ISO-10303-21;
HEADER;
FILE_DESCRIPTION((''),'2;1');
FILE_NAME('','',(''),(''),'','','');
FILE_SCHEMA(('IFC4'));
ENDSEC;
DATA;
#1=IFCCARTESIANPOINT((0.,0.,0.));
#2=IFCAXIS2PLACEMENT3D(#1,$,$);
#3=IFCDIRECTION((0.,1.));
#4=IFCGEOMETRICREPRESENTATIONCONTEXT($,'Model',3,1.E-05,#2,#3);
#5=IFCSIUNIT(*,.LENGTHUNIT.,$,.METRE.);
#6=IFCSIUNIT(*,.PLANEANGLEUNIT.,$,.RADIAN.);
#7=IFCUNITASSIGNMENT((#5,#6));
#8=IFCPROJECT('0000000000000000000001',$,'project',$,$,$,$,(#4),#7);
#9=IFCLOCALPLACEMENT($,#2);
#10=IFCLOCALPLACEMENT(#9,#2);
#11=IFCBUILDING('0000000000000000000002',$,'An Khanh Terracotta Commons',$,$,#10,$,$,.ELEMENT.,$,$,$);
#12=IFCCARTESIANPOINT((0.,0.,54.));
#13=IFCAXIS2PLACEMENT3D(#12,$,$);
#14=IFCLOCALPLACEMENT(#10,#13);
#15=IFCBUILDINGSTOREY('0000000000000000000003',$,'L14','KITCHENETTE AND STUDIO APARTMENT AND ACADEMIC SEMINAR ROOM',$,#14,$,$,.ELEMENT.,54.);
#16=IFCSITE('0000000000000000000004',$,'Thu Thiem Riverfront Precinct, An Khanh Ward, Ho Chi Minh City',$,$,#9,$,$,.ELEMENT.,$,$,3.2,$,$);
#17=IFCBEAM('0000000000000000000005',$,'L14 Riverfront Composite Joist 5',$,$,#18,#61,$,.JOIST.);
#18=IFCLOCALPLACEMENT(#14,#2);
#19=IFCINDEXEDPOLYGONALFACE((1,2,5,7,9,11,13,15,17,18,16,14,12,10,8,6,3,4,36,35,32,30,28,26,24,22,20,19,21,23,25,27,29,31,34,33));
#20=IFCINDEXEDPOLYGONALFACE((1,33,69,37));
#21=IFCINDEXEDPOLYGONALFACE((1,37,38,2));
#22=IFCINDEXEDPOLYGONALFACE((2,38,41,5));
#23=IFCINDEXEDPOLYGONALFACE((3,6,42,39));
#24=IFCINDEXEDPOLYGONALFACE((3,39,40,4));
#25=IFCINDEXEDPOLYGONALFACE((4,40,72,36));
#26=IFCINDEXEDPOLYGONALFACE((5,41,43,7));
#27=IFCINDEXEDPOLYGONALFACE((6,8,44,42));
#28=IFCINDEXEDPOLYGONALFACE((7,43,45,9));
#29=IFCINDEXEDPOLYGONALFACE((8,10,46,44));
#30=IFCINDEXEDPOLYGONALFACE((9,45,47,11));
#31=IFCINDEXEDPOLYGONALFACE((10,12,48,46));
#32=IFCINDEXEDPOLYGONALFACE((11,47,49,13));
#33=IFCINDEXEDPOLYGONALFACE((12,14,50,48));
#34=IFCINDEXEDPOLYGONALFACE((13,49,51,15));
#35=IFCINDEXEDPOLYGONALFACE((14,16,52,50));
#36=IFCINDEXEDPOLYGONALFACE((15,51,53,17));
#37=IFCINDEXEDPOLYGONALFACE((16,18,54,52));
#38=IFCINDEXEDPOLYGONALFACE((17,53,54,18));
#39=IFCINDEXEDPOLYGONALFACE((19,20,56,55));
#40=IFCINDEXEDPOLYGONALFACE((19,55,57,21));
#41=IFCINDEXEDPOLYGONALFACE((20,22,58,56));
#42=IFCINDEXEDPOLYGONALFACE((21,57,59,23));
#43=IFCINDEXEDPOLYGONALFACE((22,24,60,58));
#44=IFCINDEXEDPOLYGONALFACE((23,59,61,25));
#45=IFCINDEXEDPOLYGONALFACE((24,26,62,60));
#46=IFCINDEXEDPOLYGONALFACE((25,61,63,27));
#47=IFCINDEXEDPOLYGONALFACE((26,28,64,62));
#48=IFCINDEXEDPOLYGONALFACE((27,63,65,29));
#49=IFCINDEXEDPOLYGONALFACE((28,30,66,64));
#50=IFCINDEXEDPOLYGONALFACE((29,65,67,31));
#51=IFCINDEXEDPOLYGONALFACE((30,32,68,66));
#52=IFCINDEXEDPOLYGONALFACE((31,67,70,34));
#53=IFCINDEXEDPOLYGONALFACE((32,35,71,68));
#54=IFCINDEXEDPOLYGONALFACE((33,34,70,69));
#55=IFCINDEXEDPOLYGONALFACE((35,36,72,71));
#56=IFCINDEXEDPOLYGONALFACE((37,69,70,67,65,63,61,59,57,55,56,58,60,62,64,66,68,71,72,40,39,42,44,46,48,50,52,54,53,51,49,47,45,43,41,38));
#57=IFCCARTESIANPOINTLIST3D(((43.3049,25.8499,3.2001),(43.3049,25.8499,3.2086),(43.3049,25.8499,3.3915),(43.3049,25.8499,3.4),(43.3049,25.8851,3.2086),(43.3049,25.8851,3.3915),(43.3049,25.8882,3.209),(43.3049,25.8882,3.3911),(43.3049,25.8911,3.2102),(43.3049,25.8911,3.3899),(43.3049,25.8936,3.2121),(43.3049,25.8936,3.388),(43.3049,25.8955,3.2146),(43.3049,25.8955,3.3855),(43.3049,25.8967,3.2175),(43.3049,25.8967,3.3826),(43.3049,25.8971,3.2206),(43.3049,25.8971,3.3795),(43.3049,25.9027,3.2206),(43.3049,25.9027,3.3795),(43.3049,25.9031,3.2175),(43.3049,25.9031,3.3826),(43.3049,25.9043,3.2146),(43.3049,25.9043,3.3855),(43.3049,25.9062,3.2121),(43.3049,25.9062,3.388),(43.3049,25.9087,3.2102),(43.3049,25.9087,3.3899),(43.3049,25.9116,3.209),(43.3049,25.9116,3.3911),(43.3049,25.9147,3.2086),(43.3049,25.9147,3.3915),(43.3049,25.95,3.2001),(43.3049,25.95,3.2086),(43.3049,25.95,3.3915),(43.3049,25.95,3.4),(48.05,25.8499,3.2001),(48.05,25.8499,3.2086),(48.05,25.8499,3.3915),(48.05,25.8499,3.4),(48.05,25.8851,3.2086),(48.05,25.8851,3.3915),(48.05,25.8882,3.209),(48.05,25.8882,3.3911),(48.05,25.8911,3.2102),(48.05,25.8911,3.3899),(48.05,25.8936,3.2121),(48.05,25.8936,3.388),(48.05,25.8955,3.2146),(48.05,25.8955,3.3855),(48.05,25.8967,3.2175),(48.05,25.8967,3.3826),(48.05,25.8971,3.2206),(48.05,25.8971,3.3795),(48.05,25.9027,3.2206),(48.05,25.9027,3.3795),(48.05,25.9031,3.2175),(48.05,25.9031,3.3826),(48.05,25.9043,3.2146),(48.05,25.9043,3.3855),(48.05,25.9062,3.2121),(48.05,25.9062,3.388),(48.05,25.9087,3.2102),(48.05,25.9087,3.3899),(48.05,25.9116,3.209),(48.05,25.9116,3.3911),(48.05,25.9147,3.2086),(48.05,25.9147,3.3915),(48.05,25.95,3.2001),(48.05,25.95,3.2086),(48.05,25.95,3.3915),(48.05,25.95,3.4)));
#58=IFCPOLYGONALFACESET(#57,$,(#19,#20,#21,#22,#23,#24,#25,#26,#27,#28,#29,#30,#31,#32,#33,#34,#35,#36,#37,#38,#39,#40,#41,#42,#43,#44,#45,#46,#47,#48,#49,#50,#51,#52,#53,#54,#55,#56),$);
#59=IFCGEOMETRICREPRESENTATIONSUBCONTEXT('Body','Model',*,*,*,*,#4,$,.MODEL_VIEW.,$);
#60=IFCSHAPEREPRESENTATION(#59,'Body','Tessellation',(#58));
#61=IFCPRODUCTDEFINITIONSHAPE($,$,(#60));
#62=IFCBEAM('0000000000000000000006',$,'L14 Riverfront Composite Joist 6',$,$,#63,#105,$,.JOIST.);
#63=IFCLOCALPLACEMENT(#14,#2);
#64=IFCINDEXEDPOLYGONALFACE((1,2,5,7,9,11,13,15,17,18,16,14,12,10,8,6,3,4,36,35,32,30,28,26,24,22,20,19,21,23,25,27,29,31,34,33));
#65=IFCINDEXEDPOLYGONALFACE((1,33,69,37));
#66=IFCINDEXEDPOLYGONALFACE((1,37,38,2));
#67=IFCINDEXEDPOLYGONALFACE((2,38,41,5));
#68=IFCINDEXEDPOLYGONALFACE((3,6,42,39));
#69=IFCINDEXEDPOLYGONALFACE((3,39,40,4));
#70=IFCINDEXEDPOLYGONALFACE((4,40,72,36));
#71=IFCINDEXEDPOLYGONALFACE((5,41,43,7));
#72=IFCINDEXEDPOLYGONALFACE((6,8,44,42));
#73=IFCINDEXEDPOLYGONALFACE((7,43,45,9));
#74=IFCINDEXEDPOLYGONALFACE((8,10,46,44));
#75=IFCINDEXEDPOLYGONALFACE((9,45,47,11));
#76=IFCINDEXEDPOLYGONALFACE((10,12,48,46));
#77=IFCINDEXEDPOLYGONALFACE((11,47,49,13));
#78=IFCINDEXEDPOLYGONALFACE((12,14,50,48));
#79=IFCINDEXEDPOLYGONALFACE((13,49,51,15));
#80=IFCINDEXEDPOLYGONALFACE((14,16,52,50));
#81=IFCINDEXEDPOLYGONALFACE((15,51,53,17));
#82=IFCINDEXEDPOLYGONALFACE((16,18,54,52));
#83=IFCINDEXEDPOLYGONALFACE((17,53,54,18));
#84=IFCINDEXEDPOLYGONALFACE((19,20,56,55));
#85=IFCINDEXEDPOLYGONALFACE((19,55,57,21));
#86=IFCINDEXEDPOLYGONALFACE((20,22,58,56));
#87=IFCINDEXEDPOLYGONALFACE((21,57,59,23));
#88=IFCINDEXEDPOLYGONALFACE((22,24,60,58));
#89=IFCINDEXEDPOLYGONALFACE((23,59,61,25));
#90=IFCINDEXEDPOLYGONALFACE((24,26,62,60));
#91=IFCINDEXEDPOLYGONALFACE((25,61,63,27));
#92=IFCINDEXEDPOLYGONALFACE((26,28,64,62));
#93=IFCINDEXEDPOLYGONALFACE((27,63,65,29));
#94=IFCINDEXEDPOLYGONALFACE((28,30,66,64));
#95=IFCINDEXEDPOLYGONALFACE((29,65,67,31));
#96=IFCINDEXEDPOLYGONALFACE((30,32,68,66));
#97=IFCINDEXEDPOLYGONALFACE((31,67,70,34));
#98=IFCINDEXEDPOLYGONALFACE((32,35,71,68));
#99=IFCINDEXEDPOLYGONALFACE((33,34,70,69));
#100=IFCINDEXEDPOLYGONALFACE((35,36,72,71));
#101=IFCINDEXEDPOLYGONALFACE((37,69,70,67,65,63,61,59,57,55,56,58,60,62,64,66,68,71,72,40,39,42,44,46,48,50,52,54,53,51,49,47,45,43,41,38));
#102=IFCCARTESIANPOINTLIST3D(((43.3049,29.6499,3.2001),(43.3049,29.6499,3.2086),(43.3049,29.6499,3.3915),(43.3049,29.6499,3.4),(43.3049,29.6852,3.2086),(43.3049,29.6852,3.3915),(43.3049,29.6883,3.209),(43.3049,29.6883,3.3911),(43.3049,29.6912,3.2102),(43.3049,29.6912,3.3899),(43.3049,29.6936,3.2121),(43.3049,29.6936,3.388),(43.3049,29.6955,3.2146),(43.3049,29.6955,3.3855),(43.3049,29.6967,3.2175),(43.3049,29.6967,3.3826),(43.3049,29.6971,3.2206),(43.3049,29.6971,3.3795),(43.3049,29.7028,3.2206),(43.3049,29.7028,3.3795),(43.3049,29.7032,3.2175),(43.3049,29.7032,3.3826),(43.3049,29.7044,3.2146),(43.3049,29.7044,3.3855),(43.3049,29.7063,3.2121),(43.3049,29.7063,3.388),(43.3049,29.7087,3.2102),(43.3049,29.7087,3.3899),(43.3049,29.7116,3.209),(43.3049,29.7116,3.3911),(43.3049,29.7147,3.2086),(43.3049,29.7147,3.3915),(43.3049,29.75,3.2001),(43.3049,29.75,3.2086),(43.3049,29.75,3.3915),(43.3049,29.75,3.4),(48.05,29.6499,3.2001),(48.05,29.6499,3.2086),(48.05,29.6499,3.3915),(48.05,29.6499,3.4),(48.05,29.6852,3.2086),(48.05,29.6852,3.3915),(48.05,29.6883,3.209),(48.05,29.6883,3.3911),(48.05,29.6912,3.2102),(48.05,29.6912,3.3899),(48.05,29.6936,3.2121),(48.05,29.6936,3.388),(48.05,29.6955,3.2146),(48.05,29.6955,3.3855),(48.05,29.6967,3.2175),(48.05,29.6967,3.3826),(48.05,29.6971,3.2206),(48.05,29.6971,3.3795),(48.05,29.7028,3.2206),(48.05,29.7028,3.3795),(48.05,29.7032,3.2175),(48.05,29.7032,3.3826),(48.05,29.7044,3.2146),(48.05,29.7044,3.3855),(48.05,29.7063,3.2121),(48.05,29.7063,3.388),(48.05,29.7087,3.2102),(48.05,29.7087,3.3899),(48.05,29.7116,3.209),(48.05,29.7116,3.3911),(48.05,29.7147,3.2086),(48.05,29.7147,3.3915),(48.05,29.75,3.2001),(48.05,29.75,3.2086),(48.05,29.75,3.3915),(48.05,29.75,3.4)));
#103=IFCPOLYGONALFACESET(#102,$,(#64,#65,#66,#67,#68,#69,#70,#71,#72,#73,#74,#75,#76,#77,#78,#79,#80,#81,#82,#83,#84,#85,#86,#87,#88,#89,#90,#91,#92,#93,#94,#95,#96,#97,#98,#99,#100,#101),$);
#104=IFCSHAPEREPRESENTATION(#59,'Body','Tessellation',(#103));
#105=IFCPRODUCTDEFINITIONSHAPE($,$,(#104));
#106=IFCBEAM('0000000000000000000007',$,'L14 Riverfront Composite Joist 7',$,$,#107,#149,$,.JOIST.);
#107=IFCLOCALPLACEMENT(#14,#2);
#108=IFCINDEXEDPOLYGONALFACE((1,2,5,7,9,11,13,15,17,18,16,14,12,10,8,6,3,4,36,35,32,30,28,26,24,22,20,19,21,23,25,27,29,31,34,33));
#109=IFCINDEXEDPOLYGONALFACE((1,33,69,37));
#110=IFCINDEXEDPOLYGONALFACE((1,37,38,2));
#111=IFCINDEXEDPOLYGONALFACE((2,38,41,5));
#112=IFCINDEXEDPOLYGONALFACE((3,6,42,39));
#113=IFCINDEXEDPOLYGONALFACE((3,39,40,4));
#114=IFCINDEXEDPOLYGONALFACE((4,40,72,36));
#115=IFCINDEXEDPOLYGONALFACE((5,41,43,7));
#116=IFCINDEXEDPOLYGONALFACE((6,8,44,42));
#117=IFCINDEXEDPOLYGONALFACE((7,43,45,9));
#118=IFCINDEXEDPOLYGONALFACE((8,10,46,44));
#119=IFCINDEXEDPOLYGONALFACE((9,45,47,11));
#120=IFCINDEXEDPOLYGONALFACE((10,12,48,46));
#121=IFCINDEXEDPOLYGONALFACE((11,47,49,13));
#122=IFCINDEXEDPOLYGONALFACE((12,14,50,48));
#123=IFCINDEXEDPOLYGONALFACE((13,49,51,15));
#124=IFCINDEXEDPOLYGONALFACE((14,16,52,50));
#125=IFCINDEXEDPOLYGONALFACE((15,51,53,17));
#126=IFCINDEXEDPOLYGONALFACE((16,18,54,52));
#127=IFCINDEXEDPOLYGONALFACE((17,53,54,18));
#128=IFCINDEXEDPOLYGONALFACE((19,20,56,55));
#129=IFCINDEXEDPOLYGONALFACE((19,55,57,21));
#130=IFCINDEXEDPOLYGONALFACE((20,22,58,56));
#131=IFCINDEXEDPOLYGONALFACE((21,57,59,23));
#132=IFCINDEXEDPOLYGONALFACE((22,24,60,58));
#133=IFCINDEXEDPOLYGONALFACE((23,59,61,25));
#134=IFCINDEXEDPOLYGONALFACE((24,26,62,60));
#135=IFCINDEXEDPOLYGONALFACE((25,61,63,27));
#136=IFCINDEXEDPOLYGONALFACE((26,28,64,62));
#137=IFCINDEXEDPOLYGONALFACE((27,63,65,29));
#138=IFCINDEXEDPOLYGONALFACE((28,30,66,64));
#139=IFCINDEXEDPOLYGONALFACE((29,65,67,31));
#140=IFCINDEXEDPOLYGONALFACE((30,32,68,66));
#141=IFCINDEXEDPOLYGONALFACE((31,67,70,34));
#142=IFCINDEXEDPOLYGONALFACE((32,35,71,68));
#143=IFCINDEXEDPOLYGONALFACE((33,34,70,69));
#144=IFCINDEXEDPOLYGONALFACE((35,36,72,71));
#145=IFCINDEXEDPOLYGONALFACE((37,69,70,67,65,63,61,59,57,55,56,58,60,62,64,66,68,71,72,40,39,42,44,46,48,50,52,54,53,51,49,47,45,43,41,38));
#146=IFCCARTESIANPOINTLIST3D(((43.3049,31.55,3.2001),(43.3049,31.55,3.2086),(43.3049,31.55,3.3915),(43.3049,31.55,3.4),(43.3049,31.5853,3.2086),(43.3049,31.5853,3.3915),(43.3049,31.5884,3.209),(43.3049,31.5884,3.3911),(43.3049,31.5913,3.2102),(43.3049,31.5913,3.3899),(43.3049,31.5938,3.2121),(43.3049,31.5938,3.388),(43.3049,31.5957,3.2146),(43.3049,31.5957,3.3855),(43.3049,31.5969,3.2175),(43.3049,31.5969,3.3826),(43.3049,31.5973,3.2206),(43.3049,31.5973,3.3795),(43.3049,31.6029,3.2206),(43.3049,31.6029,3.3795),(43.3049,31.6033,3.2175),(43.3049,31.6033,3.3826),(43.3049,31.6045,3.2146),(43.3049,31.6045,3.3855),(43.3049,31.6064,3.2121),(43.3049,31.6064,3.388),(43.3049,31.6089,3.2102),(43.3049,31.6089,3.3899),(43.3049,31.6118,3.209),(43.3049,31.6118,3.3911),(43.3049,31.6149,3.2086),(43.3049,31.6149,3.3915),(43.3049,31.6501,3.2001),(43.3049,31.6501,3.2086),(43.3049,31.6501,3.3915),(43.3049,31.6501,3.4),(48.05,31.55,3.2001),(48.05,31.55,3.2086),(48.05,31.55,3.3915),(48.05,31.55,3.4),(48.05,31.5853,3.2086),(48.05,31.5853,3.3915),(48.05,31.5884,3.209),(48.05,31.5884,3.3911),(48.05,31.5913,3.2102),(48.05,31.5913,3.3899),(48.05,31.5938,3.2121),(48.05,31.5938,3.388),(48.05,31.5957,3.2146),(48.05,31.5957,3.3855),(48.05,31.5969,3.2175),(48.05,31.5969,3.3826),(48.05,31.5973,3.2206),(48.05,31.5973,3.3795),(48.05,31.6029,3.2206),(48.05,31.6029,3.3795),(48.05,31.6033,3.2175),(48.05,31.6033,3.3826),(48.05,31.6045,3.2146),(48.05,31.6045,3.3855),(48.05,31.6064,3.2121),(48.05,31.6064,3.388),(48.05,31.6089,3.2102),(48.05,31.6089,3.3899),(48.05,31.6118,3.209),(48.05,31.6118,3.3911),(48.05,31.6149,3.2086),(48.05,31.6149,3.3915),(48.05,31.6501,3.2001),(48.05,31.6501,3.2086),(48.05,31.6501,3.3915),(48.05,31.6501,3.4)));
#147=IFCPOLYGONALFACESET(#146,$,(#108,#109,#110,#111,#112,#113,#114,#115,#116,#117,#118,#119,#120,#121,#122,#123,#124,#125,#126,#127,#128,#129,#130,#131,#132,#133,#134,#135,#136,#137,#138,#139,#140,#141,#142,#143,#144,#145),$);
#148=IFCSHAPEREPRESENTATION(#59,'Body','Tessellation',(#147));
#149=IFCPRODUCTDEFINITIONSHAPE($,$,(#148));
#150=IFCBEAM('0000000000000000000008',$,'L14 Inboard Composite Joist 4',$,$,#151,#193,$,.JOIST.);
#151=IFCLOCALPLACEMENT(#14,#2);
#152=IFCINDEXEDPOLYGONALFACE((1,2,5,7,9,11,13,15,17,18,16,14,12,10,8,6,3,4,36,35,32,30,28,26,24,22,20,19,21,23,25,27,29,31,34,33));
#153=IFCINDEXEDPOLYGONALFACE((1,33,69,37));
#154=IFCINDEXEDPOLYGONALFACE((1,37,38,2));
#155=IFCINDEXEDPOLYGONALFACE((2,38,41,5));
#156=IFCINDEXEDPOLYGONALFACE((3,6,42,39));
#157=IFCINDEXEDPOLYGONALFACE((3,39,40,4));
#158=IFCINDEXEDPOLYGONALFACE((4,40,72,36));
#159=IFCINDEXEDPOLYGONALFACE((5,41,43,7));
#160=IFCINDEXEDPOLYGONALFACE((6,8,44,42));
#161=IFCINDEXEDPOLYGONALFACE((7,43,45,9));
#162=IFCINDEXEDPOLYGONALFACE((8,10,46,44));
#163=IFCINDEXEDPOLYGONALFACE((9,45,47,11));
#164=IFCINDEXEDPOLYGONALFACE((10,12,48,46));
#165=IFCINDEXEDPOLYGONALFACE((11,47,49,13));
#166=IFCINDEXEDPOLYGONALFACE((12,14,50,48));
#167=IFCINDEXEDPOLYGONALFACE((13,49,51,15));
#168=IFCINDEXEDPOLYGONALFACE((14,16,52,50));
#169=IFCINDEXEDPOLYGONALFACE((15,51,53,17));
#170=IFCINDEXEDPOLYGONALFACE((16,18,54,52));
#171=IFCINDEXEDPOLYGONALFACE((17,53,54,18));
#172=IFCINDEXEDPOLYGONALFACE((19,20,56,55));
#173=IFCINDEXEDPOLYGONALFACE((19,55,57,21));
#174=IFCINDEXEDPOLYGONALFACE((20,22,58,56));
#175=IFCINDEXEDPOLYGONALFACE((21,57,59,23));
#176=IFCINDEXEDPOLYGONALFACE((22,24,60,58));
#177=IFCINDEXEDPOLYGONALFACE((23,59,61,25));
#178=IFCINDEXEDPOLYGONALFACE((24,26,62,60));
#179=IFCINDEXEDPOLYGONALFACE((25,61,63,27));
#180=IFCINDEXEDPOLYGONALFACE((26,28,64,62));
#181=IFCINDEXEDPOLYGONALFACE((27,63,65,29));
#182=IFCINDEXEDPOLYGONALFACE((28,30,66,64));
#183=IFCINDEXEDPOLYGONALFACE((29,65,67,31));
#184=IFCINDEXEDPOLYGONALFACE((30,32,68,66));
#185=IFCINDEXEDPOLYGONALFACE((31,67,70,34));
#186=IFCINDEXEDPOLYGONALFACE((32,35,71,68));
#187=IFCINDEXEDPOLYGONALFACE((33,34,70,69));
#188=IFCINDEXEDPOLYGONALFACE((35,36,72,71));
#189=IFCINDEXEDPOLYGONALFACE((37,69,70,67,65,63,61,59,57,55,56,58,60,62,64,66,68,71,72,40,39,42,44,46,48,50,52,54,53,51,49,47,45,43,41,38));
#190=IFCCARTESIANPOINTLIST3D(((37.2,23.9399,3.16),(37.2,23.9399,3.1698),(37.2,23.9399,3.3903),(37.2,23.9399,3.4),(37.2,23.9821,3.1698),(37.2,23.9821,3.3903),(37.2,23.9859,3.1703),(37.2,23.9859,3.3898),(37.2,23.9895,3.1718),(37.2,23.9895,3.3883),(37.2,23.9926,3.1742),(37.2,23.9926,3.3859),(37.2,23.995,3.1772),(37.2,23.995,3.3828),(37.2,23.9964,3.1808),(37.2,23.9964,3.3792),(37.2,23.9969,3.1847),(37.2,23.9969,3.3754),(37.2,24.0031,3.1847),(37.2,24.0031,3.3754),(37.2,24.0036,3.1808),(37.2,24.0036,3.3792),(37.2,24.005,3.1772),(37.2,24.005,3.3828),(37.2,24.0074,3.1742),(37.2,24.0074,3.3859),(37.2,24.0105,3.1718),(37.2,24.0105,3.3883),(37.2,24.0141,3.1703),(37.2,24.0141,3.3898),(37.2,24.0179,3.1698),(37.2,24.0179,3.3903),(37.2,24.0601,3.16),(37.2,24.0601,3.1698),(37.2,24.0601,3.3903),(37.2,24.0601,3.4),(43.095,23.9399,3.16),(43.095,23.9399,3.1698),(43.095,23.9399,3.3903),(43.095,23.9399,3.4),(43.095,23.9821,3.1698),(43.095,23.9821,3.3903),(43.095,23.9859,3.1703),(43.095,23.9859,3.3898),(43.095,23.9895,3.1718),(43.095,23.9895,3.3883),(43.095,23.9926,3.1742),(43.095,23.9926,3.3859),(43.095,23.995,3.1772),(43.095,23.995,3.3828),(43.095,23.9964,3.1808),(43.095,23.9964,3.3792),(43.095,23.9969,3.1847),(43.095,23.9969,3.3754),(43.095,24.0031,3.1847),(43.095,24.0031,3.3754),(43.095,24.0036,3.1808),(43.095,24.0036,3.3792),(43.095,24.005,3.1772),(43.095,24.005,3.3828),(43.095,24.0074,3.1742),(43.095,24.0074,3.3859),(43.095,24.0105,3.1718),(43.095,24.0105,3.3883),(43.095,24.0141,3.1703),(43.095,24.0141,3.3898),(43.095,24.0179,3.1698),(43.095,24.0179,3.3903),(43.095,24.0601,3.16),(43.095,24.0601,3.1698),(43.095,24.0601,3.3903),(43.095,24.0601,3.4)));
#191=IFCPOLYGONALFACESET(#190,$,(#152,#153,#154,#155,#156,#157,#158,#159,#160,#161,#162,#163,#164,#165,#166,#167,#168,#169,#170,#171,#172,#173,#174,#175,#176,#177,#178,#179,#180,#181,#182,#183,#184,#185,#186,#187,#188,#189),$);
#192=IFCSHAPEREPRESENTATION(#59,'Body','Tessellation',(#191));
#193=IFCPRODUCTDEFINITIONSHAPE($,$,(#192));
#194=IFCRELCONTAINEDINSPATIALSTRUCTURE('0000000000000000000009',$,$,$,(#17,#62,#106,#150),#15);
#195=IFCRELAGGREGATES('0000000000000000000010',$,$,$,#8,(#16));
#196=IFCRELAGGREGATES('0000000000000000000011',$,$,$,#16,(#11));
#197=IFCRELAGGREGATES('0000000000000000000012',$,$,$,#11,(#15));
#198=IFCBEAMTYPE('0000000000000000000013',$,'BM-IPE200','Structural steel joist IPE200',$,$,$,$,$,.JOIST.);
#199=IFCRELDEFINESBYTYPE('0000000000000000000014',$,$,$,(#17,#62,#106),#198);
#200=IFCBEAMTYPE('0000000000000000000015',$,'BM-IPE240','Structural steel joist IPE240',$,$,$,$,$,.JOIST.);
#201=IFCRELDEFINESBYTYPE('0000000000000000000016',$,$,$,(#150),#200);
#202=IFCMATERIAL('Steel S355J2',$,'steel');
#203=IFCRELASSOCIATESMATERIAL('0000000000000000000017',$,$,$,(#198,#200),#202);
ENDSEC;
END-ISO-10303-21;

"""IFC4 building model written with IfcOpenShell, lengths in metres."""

from ifc_helpers import new_model, si_unit, direction, frame, origin, origin_2d, place, context, subcontext, project, spatial, i_section, extrude, material, material_profile, profile_set, type_object, element, save


model = new_model("IFC4")

# Units and contexts
model_context = context("Model", 3, precision=1e-05, world=origin(), true_north=direction((0.0, 1.0)))
body_context = subcontext(model_context, "Body", "Model", "MODEL_VIEW")
ifc_project = project(units=[si_unit("LENGTHUNIT", "METRE"), si_unit("PLANEANGLEUNIT", "RADIAN")], contexts=[model_context])

# Site, building, storey
site_placement = place(None, origin())
site = spatial("IfcSite", under=ifc_project, at=site_placement, Name="Thu Thiem Riverfront Precinct, An Khanh Ward, Ho Chi Minh City", CompositionType="ELEMENT", RefElevation=3.2)
building_placement = place(site_placement, origin())
building = spatial("IfcBuilding", under=site, at=building_placement, Name="An Khanh Terracotta Commons", CompositionType="ELEMENT")
storey_placement = place(building_placement, frame((0.0, 0.0, 54.0)))
storey = spatial("IfcBuildingStorey", under=building, at=storey_placement, Name="L14", Description="KITCHENETTE AND STUDIO APARTMENT AND ACADEMIC SEMINAR ROOM", CompositionType="ELEMENT", Elevation=54.0)

# Beams
ifc_material_1 = material(Name="Steel S355J2", Category="steel")
ifc_material_profile_1 = material_profile(ifc_material_1, i_section(OverallWidth=0.1001, OverallDepth=0.2, WebThickness=0.0056, FlangeThickness=0.0085, FilletRadius=0.012, at=origin_2d()), Name="IPE200")
ifc_profile_set_1 = profile_set([ifc_material_profile_1], Name="Steel S355J2")
beam_type_1 = type_object("IfcBeamType", Name="BM-IPE200", Description="Structural steel joist IPE200", PredefinedType="JOIST", material=ifc_profile_set_1)
for number, where, z_axis, x_axis, name in (
    (1, (43.3049, 25.8999, 3.3), (1.0, 0.0, 0.0), (0.0, 1.0, 0.0), "L14 Riverfront Composite Joist 5"),
    (2, (43.3049, 29.7, 3.3), (1.0, 0.0, 0.0), (0.0, 1.0, 0.0), "L14 Riverfront Composite Joist 6"),
    (3, (43.3049, 31.6001, 3.3), (1.0, 0.0, 0.0), (0.0, 1.0, 0.0), "L14 Riverfront Composite Joist 7"),
):
    element("IfcBeam", number, at=place(storey_placement, frame(where, z_axis=z_axis, x_axis=x_axis)), inside=storey, type_object=beam_type_1, Name=name, PredefinedType="JOIST", context=body_context, shape_type="SweptSolid", body=[
        extrude(i_section(OverallWidth=0.1001, OverallDepth=0.2, WebThickness=0.0056, FlangeThickness=0.0085, FilletRadius=0.012, at=origin_2d()), origin(), (0.0, 0.0, 1.0), 4.7451),
    ])
ifc_material_profile_2 = material_profile(ifc_material_1, i_section(OverallWidth=0.1201, OverallDepth=0.24, WebThickness=0.0061, FlangeThickness=0.0098, FilletRadius=0.0149, at=origin_2d()), Name="IPE240")
ifc_profile_set_2 = profile_set([ifc_material_profile_2], Name="Steel S355J2")
beam_type_2 = type_object("IfcBeamType", Name="BM-IPE240", Description="Structural steel joist IPE240", PredefinedType="JOIST", material=ifc_profile_set_2)
for number, where, z_axis, x_axis, name in (
    (4, (37.2, 24.0, 3.28), (1.0, 0.0, 0.0), (0.0, 1.0, 0.0), "L14 Inboard Composite Joist 4"),
):
    element("IfcBeam", number, at=place(storey_placement, frame(where, z_axis=z_axis, x_axis=x_axis)), inside=storey, type_object=beam_type_2, Name=name, PredefinedType="JOIST", context=body_context, shape_type="SweptSolid", body=[
        extrude(i_section(OverallWidth=0.1201, OverallDepth=0.24, WebThickness=0.0061, FlangeThickness=0.0098, FilletRadius=0.0149, at=origin_2d()), origin(), (0.0, 0.0, 1.0), 5.895),
    ])

save(model, "model.ifc")
